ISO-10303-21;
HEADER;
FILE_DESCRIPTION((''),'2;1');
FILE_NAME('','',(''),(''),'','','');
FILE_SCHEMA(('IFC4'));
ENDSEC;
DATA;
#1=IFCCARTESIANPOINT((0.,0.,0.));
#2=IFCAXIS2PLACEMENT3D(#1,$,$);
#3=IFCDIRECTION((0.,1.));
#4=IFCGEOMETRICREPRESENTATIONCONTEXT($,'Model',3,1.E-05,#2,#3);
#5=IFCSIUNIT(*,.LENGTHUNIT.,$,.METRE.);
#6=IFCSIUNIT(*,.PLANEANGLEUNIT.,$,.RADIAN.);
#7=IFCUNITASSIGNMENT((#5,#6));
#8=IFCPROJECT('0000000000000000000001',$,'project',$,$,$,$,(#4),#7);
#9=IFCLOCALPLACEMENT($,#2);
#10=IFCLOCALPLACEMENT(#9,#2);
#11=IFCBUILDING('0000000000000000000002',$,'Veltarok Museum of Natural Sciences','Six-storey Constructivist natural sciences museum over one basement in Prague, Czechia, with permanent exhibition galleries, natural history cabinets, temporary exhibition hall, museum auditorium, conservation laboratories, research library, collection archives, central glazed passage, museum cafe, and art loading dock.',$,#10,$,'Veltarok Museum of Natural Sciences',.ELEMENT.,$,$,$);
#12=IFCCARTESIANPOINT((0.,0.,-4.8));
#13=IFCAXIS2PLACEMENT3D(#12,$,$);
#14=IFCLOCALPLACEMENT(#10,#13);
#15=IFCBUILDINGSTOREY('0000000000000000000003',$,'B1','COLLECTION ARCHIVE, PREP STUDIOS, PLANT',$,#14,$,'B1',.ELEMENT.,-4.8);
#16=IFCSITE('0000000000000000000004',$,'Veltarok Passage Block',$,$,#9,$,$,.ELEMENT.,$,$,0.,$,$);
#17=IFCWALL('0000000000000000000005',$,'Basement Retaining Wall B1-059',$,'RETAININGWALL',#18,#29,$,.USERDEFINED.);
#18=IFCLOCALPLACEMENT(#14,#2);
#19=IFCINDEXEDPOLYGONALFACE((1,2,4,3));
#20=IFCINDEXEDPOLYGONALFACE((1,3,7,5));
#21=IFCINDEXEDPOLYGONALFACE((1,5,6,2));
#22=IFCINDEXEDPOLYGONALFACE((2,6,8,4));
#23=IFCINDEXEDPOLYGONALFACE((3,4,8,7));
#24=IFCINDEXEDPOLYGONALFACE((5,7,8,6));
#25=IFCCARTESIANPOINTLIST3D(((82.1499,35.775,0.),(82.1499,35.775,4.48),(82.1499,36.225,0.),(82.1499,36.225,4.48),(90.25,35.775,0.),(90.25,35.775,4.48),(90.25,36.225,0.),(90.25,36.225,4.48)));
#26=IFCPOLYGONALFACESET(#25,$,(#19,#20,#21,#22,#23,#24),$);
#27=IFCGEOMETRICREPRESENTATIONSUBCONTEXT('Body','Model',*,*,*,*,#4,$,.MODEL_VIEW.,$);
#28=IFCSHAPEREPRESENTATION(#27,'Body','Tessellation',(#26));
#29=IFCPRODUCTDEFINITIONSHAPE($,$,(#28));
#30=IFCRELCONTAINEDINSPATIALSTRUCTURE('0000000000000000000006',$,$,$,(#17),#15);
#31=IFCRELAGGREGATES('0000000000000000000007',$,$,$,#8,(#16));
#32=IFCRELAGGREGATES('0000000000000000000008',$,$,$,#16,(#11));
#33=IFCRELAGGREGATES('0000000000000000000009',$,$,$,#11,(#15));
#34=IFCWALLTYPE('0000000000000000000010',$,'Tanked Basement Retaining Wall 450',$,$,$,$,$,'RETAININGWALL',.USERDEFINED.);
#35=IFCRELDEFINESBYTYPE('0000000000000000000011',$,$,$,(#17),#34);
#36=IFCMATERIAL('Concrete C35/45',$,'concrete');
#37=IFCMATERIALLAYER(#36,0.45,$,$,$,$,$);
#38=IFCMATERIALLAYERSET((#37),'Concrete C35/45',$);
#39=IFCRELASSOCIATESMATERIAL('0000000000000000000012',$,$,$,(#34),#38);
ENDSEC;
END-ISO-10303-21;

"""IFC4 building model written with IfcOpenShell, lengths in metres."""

from ifc_helpers import new_model, si_unit, direction, frame, frame_2d, origin, place, context, subcontext, project, spatial, rectangle, extrude, material, layer, layer_set, type_object, element, save


model = new_model("IFC4")

# Units and contexts
model_context = context("Model", 3, precision=1e-05, world=origin(), true_north=direction((0.0, 1.0)))
body_context = subcontext(model_context, "Body", "Model", "MODEL_VIEW")
ifc_project = project(units=[si_unit("LENGTHUNIT", "METRE"), si_unit("PLANEANGLEUNIT", "RADIAN")], contexts=[model_context])

# Site, building, storey
site_placement = place(None, origin())
site = spatial("IfcSite", under=ifc_project, at=site_placement, Name="Veltarok Passage Block", CompositionType="ELEMENT", RefElevation=0.0)
building_placement = place(site_placement, origin())
building = spatial("IfcBuilding", under=site, at=building_placement, Name="Veltarok Museum of Natural Sciences", Description="Six-storey Constructivist natural sciences museum over one basement in Prague, Czechia, with permanent exhibition galleries, natural history cabinets, temporary exhibition hall, museum auditorium, conservation laboratories, research library, collection archives, central glazed passage, museum cafe, and art loading dock.", LongName="Veltarok Museum of Natural Sciences", CompositionType="ELEMENT")
storey_placement = place(building_placement, frame((0.0, 0.0, -4.8)))
storey = spatial("IfcBuildingStorey", under=building, at=storey_placement, Name="B1", Description="COLLECTION ARCHIVE, PREP STUDIOS, PLANT", LongName="B1", CompositionType="ELEMENT", Elevation=-4.8)

# Shared definitions
ifc_material_1 = material(Name="Concrete C35/45", Category="concrete")

# Wall
ifc_layer_1 = layer(ifc_material_1, 0.45)
ifc_layer_set_1 = layer_set([ifc_layer_1], Name="Concrete C35/45")
wall_type = type_object("IfcWallType", Name="Tanked Basement Retaining Wall 450", ElementType="RETAININGWALL", PredefinedType="USERDEFINED", material=ifc_layer_set_1)
wall_placement = place(storey_placement, frame((90.25, 36.0, 0.0), z_axis=(0.0, 0.0, 1.0), x_axis=(-1.0, 0.0, 0.0)))
element("IfcWall", 1, at=wall_placement, inside=storey, type_object=wall_type, Name="Basement Retaining Wall B1-059", ObjectType="RETAININGWALL", PredefinedType="USERDEFINED", context=body_context, shape_type="SweptSolid", body=[
    extrude(rectangle(XDim=8.1001, YDim=0.45, at=frame_2d((4.05, 0.0))), origin(), (0.0, 0.0, 1.0), 4.48),
])

save(model, "model.ifc")
